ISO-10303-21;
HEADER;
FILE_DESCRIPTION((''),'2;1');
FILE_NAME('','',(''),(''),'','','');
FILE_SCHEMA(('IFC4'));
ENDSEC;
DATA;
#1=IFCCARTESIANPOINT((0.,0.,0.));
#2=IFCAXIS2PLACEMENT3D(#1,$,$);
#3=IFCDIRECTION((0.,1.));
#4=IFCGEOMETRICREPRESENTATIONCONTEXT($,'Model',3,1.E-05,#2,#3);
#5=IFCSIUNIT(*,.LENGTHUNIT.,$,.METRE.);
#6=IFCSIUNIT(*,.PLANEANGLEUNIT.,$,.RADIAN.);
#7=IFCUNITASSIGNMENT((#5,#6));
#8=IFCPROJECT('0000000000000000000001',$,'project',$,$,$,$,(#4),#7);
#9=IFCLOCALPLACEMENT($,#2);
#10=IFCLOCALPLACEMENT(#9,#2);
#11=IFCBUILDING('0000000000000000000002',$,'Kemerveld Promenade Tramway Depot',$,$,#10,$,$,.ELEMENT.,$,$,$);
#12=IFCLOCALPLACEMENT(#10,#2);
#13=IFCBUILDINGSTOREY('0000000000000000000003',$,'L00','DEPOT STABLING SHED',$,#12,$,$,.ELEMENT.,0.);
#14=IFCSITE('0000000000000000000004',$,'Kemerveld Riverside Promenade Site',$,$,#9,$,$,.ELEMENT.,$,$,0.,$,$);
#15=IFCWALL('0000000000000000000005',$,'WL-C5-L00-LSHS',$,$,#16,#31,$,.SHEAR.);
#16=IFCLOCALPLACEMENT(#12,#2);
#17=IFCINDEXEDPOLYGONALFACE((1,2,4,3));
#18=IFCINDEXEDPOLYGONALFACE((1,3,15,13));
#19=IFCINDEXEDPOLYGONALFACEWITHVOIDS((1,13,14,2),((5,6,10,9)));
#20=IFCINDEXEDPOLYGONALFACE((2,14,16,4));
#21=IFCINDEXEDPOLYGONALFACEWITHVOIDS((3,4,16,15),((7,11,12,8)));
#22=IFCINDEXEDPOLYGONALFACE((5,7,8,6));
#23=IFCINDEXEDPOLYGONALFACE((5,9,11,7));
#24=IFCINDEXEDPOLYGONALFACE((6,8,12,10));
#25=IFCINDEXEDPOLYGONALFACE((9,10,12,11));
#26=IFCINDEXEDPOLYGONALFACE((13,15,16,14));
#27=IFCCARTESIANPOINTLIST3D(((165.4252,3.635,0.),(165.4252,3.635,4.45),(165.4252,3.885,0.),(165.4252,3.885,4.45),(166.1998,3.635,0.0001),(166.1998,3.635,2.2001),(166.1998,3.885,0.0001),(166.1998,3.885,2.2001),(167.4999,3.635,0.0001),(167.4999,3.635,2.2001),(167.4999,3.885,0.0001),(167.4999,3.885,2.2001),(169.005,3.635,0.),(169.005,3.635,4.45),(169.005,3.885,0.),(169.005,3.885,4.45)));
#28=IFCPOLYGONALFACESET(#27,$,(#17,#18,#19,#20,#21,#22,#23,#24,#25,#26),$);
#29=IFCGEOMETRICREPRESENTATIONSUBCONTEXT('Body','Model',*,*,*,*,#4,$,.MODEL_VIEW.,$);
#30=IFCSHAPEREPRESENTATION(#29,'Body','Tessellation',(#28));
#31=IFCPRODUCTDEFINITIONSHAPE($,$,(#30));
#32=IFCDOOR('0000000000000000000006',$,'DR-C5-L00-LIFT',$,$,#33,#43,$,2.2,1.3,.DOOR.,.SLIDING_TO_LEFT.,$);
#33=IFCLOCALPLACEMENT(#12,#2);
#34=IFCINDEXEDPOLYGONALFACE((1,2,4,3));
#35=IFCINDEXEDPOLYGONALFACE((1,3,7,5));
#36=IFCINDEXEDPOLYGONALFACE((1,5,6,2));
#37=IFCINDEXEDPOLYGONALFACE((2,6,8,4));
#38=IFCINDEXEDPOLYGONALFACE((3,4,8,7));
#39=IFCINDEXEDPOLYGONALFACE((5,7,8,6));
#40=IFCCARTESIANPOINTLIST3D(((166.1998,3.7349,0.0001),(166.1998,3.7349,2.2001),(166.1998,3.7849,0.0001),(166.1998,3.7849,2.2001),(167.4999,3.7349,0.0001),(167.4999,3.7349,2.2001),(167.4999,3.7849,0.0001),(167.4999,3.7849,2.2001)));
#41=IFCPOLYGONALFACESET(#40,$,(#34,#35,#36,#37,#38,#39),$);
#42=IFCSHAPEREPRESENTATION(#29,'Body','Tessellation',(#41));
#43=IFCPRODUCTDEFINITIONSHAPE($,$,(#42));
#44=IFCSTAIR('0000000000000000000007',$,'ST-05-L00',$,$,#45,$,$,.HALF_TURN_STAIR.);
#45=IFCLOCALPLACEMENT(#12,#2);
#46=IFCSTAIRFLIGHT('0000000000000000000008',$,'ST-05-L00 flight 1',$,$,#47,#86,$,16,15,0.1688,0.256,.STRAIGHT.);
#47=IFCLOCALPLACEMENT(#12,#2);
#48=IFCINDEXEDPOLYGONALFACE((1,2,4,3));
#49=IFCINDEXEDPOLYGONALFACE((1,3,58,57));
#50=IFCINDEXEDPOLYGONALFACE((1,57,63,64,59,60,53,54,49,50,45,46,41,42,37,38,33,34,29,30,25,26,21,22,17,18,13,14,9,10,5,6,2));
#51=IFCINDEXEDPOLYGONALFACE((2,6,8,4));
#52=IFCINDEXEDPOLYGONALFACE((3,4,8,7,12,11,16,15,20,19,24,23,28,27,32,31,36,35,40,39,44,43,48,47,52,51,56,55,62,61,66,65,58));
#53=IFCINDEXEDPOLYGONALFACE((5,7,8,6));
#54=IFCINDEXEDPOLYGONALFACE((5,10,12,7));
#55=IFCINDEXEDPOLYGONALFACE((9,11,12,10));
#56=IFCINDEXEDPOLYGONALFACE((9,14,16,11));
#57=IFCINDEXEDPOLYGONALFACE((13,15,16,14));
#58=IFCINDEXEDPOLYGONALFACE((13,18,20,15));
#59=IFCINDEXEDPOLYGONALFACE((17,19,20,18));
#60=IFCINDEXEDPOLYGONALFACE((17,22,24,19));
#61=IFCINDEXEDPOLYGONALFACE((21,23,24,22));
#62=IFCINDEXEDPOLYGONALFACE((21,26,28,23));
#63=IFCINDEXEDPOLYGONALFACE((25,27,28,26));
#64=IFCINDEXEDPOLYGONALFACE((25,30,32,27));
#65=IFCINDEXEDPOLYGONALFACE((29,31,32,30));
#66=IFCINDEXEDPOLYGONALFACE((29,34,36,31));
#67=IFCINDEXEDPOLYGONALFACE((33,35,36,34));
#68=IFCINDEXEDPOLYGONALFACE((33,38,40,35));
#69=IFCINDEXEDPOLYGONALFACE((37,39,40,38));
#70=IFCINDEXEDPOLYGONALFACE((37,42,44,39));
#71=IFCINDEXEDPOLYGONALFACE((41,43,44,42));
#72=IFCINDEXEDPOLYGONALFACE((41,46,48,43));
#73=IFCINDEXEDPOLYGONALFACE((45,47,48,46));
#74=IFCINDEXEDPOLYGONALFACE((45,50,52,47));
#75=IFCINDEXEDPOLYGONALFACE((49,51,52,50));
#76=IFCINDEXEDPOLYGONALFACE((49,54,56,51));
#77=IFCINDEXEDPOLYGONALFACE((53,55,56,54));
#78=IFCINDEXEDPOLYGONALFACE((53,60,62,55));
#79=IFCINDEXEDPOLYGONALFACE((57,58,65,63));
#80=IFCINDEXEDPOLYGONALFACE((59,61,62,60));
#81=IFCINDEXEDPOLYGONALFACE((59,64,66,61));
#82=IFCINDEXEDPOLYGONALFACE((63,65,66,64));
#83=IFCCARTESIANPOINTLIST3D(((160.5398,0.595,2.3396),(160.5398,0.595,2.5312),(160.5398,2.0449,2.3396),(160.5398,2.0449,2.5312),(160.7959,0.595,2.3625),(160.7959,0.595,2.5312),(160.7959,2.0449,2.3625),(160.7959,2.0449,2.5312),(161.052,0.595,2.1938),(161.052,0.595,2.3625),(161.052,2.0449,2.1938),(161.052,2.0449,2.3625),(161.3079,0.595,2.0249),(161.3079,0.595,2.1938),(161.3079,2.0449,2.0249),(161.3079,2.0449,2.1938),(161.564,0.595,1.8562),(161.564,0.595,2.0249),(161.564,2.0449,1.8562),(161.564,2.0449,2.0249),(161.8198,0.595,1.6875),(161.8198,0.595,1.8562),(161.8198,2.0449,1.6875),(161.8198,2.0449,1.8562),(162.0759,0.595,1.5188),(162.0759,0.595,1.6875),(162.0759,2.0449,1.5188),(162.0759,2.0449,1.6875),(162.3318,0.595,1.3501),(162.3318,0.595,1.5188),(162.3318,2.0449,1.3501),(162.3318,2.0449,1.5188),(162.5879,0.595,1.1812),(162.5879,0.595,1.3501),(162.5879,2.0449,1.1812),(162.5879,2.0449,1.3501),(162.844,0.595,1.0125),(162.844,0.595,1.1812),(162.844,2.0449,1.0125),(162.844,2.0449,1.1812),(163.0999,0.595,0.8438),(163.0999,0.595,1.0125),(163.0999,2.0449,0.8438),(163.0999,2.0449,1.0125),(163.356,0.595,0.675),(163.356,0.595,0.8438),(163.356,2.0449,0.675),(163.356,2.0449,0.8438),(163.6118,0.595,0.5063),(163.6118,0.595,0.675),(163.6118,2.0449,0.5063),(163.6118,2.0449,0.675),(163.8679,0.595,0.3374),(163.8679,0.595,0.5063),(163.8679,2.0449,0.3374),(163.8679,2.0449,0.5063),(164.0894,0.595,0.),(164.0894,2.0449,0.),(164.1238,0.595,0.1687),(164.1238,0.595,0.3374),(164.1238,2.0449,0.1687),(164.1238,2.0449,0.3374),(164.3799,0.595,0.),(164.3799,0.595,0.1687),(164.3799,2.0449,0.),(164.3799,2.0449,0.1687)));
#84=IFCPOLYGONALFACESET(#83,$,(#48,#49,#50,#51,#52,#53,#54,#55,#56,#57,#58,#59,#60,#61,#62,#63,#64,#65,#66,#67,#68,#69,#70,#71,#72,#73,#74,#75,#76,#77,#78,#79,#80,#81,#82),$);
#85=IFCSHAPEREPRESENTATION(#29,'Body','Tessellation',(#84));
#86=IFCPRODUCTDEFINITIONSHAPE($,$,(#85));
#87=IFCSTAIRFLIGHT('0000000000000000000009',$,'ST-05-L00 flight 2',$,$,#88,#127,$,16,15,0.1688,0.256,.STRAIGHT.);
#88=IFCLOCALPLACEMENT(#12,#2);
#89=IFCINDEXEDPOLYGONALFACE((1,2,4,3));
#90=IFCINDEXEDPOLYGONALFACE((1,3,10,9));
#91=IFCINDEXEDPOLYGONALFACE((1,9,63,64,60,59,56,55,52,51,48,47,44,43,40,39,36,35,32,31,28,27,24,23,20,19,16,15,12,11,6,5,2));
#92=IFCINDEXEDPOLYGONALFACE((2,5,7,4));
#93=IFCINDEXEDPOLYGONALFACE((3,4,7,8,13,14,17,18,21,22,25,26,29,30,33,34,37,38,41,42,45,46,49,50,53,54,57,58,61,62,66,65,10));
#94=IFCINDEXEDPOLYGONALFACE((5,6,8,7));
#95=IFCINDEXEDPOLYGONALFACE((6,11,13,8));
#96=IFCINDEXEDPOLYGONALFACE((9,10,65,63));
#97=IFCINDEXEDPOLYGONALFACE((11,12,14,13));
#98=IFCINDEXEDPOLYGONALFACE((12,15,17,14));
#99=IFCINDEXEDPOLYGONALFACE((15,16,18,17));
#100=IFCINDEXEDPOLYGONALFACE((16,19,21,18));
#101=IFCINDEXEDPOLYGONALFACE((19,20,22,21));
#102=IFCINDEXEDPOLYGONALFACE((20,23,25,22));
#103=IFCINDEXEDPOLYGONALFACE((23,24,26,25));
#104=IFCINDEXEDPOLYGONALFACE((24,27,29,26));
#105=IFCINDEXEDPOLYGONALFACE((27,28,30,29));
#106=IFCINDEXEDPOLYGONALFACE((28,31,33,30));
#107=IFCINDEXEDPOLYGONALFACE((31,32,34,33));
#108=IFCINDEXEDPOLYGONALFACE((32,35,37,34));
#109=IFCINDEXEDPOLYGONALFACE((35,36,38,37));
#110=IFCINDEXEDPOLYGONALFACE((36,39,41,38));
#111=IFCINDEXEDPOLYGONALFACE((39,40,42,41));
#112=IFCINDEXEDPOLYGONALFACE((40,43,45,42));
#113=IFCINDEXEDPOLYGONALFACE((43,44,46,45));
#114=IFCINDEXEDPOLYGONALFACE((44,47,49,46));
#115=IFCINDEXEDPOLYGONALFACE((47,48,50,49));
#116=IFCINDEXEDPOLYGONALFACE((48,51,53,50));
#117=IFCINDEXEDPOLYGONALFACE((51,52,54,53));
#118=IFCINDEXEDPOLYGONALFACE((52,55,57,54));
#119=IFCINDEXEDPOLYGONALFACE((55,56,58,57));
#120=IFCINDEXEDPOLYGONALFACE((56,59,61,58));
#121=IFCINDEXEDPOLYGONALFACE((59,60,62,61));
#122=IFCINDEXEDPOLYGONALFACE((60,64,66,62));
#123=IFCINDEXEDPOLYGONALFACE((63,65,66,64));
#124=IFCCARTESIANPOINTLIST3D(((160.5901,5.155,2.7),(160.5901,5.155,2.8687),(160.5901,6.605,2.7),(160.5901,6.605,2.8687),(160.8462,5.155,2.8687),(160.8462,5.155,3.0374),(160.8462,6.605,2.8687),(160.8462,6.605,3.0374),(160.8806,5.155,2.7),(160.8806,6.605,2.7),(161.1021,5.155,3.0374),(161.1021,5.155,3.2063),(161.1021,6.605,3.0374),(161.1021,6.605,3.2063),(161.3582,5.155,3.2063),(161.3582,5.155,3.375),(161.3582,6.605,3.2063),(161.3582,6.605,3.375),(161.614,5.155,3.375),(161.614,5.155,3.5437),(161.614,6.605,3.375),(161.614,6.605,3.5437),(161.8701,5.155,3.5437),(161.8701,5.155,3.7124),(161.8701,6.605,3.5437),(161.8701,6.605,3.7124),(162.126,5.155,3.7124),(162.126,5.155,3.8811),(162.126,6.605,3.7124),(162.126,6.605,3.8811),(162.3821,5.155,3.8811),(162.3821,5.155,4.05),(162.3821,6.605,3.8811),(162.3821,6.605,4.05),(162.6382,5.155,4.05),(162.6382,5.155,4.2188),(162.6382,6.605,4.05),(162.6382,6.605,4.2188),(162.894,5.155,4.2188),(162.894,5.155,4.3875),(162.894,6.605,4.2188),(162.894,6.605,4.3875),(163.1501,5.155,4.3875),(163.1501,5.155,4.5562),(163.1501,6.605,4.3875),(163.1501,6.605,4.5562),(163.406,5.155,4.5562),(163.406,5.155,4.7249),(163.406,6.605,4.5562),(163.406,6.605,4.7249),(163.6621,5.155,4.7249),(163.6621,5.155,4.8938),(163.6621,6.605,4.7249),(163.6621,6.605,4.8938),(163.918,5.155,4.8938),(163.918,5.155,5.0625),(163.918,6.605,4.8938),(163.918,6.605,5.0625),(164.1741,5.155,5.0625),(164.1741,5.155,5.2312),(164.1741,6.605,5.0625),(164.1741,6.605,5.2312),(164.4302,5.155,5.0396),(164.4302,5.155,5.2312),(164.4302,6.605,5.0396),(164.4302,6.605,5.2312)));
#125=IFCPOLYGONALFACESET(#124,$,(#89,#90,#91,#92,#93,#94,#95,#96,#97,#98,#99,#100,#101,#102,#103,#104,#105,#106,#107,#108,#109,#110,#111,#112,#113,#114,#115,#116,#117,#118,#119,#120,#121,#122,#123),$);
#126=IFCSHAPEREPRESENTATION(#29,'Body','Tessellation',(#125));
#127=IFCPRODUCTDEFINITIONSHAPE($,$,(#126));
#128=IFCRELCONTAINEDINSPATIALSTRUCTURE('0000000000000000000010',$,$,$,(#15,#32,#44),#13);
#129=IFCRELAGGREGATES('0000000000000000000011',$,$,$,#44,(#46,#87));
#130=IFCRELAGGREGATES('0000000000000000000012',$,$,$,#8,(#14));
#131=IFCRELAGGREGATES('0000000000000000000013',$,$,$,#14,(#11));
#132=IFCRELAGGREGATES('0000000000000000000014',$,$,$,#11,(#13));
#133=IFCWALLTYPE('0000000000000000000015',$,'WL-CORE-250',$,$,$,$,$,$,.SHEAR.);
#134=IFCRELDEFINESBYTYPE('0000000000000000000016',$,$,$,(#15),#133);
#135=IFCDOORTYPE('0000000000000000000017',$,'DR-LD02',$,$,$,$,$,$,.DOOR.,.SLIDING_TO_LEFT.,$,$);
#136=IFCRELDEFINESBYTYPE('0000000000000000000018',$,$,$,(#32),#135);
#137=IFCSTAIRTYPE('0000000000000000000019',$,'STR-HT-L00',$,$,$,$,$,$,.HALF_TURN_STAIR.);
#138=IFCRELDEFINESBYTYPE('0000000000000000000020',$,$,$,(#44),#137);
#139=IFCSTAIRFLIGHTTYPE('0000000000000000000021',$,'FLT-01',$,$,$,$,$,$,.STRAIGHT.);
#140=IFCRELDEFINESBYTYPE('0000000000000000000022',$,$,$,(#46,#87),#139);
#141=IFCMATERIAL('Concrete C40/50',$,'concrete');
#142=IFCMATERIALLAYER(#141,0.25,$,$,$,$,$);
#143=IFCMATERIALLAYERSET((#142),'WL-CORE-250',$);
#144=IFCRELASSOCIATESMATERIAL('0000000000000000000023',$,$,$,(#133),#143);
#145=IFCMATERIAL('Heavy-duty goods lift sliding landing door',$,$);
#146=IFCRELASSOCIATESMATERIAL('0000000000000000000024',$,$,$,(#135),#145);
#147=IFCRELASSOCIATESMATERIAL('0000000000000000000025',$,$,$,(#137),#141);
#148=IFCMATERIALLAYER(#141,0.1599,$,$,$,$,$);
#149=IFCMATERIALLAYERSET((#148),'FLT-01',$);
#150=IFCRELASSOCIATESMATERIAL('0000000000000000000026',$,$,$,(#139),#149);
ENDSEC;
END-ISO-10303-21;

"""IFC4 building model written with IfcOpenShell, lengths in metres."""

from ifc_helpers import new_model, si_unit, direction, frame, frame_2d, origin, place, context, subcontext, project, spatial, polyline, rectangle, outline, extrude, material, layer, layer_set, type_object, element, fill, aggregate, save


model = new_model("IFC4")

# Units and contexts
model_context = context("Model", 3, precision=1e-05, world=origin(), true_north=direction((0.0, 1.0)))
body_context = subcontext(model_context, "Body", "Model", "MODEL_VIEW")
ifc_project = project(units=[si_unit("LENGTHUNIT", "METRE"), si_unit("PLANEANGLEUNIT", "RADIAN")], contexts=[model_context])

# Site, building, storey
site_placement = place(None, origin())
site = spatial("IfcSite", under=ifc_project, at=site_placement, Name="Kemerveld Riverside Promenade Site", CompositionType="ELEMENT", RefElevation=0.0)
building_placement = place(site_placement, origin())
building = spatial("IfcBuilding", under=site, at=building_placement, Name="Kemerveld Promenade Tramway Depot", CompositionType="ELEMENT")
storey_placement = place(building_placement, origin())
storey = spatial("IfcBuildingStorey", under=building, at=storey_placement, Name="L00", Description="DEPOT STABLING SHED", CompositionType="ELEMENT", Elevation=0.0)

# Shared definitions
ifc_material_1 = material(Name="Concrete C40/50", Category="concrete")

# Wall, opening, door
ifc_layer_1 = layer(ifc_material_1, 0.25)
ifc_layer_set_1 = layer_set([ifc_layer_1], Name="WL-CORE-250")
wall_type_1 = type_object("IfcWallType", Name="WL-CORE-250", PredefinedType="SHEAR", material=ifc_layer_set_1)
wall_1_placement = place(storey_placement, frame((165.425, 3.76, 0.0), z_axis=(0.0, 0.0, 1.0), x_axis=(1.0, 0.0, 0.0)))
wall_1 = element("IfcWall", 1, at=wall_1_placement, inside=storey, type_object=wall_type_1, Name="WL-C5-L00-LSHS", PredefinedType="SHEAR", context=body_context, shape_type="SweptSolid", body=[
    extrude(rectangle(XDim=3.5798, YDim=0.25, at=frame_2d((1.79, 0.0))), origin(), (0.0, 0.0, 1.0), 4.45),
])
opening_1_placement = place(wall_1_placement, frame((0.7749, 0.0, 0.0)))
opening_1 = element("IfcOpeningElement", 2, at=opening_1_placement, cuts=wall_1, PredefinedType="OPENING", context=body_context, shape_type="SweptSolid", body=[
    extrude(rectangle(XDim=1.3, YDim=2.2, at=frame_2d((0.6499, 1.1001))), frame((0.0, 0.135, 0.0), z_axis=(0.0, -1.0, 0.0), x_axis=(1.0, 0.0, 0.0)), (0.0, 0.0, 1.0), 0.27),
])
ifc_material_2 = material(Name="Heavy-duty goods lift sliding landing door")
door_type_1 = type_object("IfcDoorType", Name="DR-LD02", OperationType="SLIDING_TO_LEFT", PredefinedType="DOOR", material=ifc_material_2)
door_1_placement = place(opening_1_placement, origin())
door_1 = element("IfcDoor", 3, at=door_1_placement, inside=storey, type_object=door_type_1, Name="DR-C5-L00-LIFT", OperationType="SLIDING_TO_LEFT", OverallHeight=2.2, OverallWidth=1.3, PredefinedType="DOOR", context=body_context, shape_type="SweptSolid", body=[
    extrude(rectangle(XDim=1.3, YDim=2.2, at=frame_2d((0.6499, 1.1001))), frame((0.0, 0.0249, 0.0), z_axis=(0.0, -1.0, 0.0), x_axis=(1.0, 0.0, 0.0)), (0.0, 0.0, 1.0), 0.05),
])
fill(opening_1, door_1)

# Stair, stair flights
stair_type = type_object("IfcStairType", Name="STR-HT-L00", PredefinedType="HALF_TURN_STAIR", material=ifc_material_1)
stair_placement = place(storey_placement, origin())
stair = element("IfcStair", 4, at=stair_placement, inside=storey, type_object=stair_type, Name="ST-05-L00", PredefinedType="HALF_TURN_STAIR")
ifc_layer_2 = layer(ifc_material_1, 0.1599)
ifc_layer_set_2 = layer_set([ifc_layer_2], Name="FLT-01")
stair_flight_type = type_object("IfcStairFlightType", Name="FLT-01", PredefinedType="STRAIGHT", material=ifc_layer_set_2)
stair_flight_1_placement = place(storey_placement, frame((164.3799, 1.3201, 0.0), z_axis=(0.0, 0.0, 1.0), x_axis=(-1.0, 0.0, 0.0)))
stair_flight_1 = element("IfcStairFlight", 5, at=stair_flight_1_placement, type_object=stair_flight_type, Name="ST-05-L00 flight 1", NumberOfRisers=16, NumberOfTreads=15, PredefinedType="STRAIGHT", RiserHeight=0.1688, TreadLength=0.256, context=body_context, shape_type="SweptSolid", body=[
    extrude(outline(polyline([(0.0, 0.0), (0.0, 0.1687), (0.2561, 0.1687), (0.2561, 0.3374), (0.512, 0.3374), (0.512, 0.5063), (0.7681, 0.5063), (0.7681, 0.675), (1.0239, 0.675), (1.0239, 0.8438), (1.28, 0.8438), (1.28, 1.0125), (1.5359, 1.0125), (1.5359, 1.1812), (1.792, 1.1812), (1.792, 1.3501), (2.0481, 1.3501), (2.0481, 1.5188), (2.304, 1.5188), (2.304, 1.6875), (2.5601, 1.6875), (2.5601, 1.8562), (2.8159, 1.8562), (2.8159, 2.0249), (3.072, 2.0249), (3.072, 2.1938), (3.3279, 2.1938), (3.3279, 2.3625), (3.584, 2.3625), (3.584, 2.5312), (3.8401, 2.5312), (3.8401, 2.7), (3.8401, 2.3396), (0.2905, 0.0), (0.0, 0.0)])), frame((0.0, 0.7251, 0.0), z_axis=(0.0, -1.0, 0.0), x_axis=(1.0, 0.0, 0.0)), (0.0, 0.0, 1.0), 1.45),
])
stair_flight_2_placement = place(storey_placement, frame((160.5901, 5.8799, 2.7), z_axis=(0.0, 0.0, 1.0), x_axis=(1.0, 0.0, 0.0)))
stair_flight_2 = element("IfcStairFlight", 6, at=stair_flight_2_placement, type_object=stair_flight_type, Name="ST-05-L00 flight 2", NumberOfRisers=16, NumberOfTreads=15, PredefinedType="STRAIGHT", RiserHeight=0.1688, TreadLength=0.256, context=body_context, shape_type="SweptSolid", body=[
    extrude(outline(polyline([(0.0, 0.0), (0.0, 0.1687), (0.2561, 0.1687), (0.2561, 0.3374), (0.512, 0.3374), (0.512, 0.5063), (0.7681, 0.5063), (0.7681, 0.675), (1.0239, 0.675), (1.0239, 0.8438), (1.28, 0.8438), (1.28, 1.0125), (1.5359, 1.0125), (1.5359, 1.1812), (1.792, 1.1812), (1.792, 1.3501), (2.0481, 1.3501), (2.0481, 1.5188), (2.304, 1.5188), (2.304, 1.6875), (2.5601, 1.6875), (2.5601, 1.8562), (2.8159, 1.8562), (2.8159, 2.0249), (3.072, 2.0249), (3.072, 2.1938), (3.3279, 2.1938), (3.3279, 2.3625), (3.584, 2.3625), (3.584, 2.5312), (3.8401, 2.5312), (3.8401, 2.7), (3.8401, 2.3396), (0.2905, 0.0), (0.0, 0.0)])), frame((0.0, 0.7251, 0.0), z_axis=(0.0, -1.0, 0.0), x_axis=(1.0, 0.0, 0.0)), (0.0, 0.0, 1.0), 1.45),
])
aggregate(stair, [stair_flight_1, stair_flight_2])

save(model, "model.ifc")
